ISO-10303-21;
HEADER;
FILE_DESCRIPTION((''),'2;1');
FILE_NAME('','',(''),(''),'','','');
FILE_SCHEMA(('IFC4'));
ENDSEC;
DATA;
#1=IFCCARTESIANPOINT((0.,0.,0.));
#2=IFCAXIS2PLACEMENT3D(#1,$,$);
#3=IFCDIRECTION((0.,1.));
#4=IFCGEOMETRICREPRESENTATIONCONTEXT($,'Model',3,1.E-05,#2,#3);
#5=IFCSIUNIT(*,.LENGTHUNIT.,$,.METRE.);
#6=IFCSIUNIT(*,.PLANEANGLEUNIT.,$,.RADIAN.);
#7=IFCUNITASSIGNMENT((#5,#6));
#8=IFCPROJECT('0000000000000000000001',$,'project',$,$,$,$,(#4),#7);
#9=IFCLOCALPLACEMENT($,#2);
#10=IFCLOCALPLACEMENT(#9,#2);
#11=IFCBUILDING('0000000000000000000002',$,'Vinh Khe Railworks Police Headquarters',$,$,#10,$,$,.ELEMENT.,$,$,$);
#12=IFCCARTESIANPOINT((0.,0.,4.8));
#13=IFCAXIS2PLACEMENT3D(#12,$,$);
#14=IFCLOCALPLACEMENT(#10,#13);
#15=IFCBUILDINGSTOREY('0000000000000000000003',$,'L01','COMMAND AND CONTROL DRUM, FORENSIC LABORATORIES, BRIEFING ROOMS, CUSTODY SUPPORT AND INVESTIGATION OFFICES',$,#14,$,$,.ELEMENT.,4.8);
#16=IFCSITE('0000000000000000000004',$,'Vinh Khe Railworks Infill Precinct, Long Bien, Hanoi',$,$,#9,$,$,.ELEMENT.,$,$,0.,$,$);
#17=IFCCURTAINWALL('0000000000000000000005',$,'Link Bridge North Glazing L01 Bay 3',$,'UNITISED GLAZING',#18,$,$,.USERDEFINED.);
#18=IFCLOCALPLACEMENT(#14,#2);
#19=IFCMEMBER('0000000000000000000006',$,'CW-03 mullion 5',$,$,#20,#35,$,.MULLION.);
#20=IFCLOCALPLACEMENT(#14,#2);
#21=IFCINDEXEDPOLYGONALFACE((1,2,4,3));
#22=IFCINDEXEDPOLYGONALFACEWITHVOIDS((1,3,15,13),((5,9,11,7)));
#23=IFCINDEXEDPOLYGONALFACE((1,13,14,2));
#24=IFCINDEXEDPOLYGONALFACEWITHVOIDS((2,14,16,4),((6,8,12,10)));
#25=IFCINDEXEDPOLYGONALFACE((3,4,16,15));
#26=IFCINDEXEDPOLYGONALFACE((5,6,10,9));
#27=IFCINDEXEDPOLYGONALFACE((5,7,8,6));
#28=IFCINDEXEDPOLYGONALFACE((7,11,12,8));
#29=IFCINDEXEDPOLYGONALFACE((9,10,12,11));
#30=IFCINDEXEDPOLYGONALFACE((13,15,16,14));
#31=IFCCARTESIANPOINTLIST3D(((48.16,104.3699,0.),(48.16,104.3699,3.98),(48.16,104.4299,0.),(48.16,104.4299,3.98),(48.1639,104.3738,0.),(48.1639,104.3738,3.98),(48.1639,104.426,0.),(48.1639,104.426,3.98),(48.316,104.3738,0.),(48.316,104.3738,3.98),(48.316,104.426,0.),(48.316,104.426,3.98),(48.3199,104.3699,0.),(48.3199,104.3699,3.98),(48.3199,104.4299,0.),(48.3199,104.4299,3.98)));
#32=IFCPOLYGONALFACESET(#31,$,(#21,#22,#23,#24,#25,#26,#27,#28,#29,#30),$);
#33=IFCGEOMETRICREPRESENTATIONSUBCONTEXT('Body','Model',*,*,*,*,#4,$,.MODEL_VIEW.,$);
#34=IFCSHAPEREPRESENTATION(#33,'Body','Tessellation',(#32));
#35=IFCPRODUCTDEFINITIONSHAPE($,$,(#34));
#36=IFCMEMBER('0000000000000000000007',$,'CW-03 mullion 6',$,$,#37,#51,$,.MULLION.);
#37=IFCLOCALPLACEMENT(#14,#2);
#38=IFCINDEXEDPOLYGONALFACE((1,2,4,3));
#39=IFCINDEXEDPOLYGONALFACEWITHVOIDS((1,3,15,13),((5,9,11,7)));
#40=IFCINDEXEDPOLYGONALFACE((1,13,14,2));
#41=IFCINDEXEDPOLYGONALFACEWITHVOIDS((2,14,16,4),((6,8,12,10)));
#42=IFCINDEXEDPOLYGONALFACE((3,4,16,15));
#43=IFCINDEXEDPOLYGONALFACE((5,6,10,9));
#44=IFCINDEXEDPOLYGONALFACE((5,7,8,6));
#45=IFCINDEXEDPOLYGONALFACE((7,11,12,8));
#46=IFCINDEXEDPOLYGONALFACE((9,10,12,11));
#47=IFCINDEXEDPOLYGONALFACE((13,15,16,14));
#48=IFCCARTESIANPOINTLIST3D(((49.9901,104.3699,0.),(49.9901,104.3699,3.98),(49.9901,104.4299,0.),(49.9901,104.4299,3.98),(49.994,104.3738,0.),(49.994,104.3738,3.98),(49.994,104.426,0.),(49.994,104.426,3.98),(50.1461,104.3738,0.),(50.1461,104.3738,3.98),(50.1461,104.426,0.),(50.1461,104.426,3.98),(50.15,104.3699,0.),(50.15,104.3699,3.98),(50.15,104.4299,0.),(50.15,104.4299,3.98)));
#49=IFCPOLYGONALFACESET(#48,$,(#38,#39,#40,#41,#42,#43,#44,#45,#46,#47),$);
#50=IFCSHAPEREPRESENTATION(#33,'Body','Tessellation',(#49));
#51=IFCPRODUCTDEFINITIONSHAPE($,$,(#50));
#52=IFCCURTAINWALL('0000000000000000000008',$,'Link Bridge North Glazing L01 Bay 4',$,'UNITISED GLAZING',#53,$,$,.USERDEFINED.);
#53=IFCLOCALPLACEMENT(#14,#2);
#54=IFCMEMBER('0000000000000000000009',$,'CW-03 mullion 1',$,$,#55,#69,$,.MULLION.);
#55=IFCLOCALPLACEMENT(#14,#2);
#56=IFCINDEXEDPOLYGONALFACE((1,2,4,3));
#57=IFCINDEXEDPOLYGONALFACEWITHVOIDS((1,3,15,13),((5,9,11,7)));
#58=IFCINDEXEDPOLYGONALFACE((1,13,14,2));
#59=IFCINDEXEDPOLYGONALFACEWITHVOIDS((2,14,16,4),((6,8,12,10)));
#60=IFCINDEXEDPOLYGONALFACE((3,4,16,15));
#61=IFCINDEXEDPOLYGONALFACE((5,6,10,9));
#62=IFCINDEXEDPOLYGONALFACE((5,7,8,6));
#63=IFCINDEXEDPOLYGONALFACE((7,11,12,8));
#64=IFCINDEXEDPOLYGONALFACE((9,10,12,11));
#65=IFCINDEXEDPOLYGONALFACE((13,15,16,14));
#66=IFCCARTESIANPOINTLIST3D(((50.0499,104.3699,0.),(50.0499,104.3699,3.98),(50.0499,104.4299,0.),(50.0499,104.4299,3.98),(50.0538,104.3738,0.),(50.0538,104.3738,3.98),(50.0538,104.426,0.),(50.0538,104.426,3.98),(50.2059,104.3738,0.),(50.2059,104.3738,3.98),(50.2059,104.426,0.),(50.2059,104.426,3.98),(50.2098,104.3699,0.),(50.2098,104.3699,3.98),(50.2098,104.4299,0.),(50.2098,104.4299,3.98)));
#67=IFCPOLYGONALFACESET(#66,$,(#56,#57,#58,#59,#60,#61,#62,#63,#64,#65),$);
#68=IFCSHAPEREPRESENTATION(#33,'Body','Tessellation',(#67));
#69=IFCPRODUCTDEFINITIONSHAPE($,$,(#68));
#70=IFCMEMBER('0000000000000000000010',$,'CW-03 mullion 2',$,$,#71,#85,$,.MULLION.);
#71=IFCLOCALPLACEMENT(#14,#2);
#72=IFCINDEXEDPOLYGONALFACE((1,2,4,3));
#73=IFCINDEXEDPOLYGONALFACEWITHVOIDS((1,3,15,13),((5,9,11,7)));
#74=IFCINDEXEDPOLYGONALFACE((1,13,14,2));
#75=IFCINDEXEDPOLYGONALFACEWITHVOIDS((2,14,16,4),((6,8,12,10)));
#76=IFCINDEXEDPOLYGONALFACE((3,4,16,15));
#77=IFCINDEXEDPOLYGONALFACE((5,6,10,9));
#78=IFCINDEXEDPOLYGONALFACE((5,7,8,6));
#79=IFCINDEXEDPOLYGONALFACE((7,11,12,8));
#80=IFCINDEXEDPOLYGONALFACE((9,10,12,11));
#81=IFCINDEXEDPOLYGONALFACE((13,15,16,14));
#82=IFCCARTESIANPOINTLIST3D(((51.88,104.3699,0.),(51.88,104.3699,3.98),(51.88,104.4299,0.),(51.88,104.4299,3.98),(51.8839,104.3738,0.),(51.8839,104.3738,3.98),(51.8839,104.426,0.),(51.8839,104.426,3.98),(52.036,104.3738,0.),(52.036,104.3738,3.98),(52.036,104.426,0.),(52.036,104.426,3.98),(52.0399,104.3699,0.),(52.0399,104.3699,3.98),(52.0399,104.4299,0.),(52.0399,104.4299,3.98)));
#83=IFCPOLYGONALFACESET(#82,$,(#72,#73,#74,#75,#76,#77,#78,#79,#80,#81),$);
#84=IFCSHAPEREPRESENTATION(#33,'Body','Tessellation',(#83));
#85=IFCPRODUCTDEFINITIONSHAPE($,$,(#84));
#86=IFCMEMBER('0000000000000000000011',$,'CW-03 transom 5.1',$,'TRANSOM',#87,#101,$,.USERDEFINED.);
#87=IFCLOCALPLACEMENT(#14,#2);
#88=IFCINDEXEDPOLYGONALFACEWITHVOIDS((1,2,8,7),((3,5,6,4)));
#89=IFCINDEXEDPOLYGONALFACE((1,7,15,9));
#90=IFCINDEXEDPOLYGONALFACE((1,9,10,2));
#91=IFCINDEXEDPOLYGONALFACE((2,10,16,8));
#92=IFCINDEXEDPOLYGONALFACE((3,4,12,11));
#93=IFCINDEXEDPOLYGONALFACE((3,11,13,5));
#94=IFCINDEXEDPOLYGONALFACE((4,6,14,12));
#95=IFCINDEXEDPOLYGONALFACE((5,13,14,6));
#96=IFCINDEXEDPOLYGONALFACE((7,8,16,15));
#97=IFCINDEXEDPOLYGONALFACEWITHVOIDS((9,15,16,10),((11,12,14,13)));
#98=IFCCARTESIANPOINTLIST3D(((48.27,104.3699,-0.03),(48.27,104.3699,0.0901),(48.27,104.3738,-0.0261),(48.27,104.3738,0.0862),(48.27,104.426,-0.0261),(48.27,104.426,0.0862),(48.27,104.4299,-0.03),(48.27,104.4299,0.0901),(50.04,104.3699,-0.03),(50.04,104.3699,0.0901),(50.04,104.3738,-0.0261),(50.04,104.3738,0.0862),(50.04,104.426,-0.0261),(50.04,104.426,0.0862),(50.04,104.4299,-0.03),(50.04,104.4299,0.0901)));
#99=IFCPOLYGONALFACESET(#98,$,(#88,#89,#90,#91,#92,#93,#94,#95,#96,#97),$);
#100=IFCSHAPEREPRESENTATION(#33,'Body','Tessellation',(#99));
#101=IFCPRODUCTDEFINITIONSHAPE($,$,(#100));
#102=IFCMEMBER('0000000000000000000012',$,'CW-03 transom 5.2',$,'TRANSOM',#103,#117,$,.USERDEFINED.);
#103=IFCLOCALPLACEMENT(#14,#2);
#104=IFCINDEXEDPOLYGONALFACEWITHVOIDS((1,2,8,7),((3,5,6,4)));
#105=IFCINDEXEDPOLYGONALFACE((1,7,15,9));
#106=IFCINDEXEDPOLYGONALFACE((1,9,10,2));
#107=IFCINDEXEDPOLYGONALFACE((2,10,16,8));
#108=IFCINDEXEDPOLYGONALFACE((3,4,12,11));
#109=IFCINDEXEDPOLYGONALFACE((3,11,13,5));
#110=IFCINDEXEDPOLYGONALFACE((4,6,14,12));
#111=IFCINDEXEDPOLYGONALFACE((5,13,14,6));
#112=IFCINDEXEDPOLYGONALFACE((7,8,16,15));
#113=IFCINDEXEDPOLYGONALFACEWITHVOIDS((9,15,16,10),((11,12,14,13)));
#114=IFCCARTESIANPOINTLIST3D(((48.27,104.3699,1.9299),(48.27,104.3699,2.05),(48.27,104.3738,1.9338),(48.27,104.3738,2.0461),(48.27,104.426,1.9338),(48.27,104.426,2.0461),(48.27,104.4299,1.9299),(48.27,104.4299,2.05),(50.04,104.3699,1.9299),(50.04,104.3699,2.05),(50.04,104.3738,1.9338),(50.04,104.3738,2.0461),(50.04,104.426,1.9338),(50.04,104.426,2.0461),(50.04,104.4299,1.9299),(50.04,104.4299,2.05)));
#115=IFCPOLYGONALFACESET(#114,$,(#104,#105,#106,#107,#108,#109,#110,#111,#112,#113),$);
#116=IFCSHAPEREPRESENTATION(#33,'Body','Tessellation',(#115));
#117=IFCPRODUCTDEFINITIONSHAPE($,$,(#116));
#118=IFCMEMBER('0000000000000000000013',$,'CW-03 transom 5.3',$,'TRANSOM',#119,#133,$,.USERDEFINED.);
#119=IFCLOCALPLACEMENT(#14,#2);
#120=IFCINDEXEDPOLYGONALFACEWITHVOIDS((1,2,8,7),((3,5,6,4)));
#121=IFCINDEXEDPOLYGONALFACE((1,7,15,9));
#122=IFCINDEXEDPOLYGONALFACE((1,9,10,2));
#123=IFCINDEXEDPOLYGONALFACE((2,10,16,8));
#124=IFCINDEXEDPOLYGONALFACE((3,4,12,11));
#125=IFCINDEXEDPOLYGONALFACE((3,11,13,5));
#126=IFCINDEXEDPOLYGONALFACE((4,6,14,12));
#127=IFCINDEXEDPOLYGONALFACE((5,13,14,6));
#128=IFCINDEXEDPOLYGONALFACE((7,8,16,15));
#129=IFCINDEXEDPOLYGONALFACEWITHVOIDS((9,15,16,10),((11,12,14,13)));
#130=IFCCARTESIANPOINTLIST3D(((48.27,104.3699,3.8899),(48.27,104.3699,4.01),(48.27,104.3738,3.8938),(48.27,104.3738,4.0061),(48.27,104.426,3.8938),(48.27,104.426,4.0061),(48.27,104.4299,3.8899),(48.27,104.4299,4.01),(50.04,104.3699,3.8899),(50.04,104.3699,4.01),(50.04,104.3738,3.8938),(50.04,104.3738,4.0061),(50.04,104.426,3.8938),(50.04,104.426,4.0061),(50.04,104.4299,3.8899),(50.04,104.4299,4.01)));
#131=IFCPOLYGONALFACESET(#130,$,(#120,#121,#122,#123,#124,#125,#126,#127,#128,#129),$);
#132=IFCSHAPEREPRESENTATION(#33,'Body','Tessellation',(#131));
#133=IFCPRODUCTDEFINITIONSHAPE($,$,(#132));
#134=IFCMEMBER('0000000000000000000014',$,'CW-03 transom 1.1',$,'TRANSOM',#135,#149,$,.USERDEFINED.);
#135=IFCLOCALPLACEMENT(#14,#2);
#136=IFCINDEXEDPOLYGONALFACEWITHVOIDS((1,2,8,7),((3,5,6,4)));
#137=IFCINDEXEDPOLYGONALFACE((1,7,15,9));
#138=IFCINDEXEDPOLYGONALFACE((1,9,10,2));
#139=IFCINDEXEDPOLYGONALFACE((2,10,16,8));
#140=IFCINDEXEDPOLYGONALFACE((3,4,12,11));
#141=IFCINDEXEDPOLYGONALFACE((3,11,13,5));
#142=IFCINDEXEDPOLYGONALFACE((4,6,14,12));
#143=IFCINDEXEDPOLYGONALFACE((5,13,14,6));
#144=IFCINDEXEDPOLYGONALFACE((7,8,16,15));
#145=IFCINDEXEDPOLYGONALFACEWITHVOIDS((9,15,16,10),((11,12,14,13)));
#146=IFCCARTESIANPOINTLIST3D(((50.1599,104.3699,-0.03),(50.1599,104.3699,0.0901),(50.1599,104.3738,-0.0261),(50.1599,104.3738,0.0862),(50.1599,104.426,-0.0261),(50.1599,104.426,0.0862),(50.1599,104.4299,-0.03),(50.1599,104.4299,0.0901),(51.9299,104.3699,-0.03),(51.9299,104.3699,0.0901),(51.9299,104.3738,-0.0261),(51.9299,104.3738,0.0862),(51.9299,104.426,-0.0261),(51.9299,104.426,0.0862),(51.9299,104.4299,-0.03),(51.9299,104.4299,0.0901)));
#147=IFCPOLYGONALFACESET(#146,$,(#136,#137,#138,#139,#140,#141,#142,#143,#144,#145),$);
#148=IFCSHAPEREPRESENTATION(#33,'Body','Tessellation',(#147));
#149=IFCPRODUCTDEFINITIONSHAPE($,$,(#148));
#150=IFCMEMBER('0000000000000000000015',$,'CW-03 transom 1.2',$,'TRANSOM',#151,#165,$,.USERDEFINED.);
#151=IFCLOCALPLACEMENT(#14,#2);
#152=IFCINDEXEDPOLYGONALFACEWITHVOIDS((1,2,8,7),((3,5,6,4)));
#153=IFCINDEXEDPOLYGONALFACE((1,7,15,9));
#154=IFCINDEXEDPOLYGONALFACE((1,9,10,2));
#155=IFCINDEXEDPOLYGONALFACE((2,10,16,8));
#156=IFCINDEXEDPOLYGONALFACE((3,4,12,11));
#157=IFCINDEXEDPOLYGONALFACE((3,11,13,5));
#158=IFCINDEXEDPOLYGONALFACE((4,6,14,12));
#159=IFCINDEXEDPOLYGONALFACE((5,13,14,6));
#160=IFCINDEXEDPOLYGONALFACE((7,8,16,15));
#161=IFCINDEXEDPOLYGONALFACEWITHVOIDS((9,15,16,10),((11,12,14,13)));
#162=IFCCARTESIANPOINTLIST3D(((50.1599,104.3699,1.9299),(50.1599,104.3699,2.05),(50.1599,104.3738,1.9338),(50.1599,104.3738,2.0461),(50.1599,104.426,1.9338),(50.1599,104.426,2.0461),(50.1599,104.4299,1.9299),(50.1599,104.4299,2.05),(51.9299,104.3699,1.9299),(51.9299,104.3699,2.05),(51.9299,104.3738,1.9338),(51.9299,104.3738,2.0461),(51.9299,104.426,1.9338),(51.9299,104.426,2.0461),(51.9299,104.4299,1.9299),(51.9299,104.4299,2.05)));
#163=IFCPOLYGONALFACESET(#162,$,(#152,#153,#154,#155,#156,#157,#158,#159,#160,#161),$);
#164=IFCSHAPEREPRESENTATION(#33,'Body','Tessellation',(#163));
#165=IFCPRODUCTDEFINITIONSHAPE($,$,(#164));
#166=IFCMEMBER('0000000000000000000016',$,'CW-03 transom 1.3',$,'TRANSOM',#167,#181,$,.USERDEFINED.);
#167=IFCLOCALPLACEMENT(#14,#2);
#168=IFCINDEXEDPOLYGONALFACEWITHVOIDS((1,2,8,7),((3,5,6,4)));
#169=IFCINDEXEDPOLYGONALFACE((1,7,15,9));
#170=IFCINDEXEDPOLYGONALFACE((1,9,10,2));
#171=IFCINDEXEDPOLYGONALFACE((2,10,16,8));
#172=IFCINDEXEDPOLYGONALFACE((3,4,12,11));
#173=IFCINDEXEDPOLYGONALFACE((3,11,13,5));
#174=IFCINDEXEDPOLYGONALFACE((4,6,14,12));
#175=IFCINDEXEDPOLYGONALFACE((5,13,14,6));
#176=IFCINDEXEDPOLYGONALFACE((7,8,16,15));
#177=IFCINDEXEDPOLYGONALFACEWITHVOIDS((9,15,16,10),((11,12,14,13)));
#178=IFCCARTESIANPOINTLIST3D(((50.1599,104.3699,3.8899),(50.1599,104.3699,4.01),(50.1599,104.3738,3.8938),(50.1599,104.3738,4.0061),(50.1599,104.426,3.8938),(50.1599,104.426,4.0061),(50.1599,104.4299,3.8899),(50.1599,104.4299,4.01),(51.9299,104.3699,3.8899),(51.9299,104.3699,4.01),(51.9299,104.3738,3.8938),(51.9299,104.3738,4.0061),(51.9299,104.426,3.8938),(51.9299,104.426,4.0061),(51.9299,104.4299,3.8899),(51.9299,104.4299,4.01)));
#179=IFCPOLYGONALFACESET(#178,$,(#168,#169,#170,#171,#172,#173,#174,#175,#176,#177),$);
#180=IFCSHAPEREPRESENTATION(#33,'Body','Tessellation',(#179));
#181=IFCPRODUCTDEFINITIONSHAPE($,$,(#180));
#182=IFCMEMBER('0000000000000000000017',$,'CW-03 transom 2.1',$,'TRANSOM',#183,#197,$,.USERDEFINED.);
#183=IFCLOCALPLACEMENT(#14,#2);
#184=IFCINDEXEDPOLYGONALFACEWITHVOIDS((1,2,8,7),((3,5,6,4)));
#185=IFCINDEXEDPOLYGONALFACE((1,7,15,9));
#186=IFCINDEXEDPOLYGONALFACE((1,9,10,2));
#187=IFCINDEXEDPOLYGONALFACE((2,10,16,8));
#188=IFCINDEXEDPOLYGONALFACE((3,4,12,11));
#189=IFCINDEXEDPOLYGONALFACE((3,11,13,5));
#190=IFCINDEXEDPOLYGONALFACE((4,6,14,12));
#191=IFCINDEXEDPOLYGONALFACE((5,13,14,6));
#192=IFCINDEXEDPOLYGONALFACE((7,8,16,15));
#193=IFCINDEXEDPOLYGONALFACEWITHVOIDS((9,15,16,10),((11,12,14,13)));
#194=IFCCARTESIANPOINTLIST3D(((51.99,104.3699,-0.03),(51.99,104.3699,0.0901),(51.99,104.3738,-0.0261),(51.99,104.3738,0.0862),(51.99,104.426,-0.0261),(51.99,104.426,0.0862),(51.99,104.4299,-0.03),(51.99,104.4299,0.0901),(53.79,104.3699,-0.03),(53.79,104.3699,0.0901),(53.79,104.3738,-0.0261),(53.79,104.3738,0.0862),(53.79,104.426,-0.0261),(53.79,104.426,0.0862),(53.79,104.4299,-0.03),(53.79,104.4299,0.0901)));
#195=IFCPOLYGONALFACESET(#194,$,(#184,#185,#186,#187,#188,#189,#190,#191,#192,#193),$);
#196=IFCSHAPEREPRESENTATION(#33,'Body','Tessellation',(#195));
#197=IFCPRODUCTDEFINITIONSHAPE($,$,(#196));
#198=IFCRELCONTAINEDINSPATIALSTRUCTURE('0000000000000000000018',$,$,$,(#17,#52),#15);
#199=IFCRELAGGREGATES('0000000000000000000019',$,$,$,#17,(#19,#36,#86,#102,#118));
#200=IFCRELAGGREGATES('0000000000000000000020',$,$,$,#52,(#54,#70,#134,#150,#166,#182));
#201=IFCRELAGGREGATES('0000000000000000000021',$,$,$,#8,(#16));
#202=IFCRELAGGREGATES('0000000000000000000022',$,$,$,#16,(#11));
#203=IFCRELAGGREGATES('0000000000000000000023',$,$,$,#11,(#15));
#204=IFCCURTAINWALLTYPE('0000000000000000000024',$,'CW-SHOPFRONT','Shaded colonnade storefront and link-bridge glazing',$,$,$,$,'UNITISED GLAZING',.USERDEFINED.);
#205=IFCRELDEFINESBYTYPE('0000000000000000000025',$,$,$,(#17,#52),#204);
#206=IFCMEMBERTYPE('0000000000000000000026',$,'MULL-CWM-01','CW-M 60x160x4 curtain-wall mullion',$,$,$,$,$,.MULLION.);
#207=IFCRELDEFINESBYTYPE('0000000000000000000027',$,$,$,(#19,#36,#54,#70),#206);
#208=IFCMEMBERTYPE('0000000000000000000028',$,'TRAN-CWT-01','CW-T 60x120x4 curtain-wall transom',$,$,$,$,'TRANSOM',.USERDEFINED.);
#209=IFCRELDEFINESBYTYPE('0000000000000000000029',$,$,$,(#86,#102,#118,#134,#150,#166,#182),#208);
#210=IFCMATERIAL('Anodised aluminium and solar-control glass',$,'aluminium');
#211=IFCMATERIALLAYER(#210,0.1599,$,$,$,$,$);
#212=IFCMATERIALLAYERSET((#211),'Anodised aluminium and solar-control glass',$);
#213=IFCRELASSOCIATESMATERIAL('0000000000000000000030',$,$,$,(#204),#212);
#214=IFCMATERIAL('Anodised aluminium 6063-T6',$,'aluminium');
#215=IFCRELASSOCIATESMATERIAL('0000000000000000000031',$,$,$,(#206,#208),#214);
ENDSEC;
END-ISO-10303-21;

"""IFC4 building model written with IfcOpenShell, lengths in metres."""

from ifc_helpers import new_model, si_unit, direction, frame, origin, origin_2d, place, context, subcontext, project, spatial, hollow_rectangle, extrude, material, layer, layer_set, material_profile, profile_set, type_object, element, aggregate, save


model = new_model("IFC4")

# Units and contexts
model_context = context("Model", 3, precision=1e-05, world=origin(), true_north=direction((0.0, 1.0)))
body_context = subcontext(model_context, "Body", "Model", "MODEL_VIEW")
ifc_project = project(units=[si_unit("LENGTHUNIT", "METRE"), si_unit("PLANEANGLEUNIT", "RADIAN")], contexts=[model_context])

# Site, building, storey
site_placement = place(None, origin())
site = spatial("IfcSite", under=ifc_project, at=site_placement, Name="Vinh Khe Railworks Infill Precinct, Long Bien, Hanoi", CompositionType="ELEMENT", RefElevation=0.0)
building_placement = place(site_placement, origin())
building = spatial("IfcBuilding", under=site, at=building_placement, Name="Vinh Khe Railworks Police Headquarters", CompositionType="ELEMENT")
storey_placement = place(building_placement, frame((0.0, 0.0, 4.8)))
storey = spatial("IfcBuildingStorey", under=building, at=storey_placement, Name="L01", Description="COMMAND AND CONTROL DRUM, FORENSIC LABORATORIES, BRIEFING ROOMS, CUSTODY SUPPORT AND INVESTIGATION OFFICES", CompositionType="ELEMENT", Elevation=4.8)

# Curtain walls, members
ifc_material_1 = material(Name="Anodised aluminium and solar-control glass", Category="aluminium")
ifc_layer_1 = layer(ifc_material_1, 0.1599)
ifc_layer_set_1 = layer_set([ifc_layer_1], Name="Anodised aluminium and solar-control glass")
curtain_wall_type = type_object("IfcCurtainWallType", Name="CW-SHOPFRONT", Description="Shaded colonnade storefront and link-bridge glazing", ElementType="UNITISED GLAZING", PredefinedType="USERDEFINED", material=ifc_layer_set_1)
curtain_wall_1_placement = place(storey_placement, origin())
curtain_wall_1 = element("IfcCurtainWall", 1, at=curtain_wall_1_placement, inside=storey, type_object=curtain_wall_type, Name="Link Bridge North Glazing L01 Bay 3", ObjectType="UNITISED GLAZING", PredefinedType="USERDEFINED")
ifc_material_2 = material(Name="Anodised aluminium 6063-T6", Category="aluminium")
ifc_material_profile_1 = material_profile(ifc_material_2, hollow_rectangle(XDim=0.0601, YDim=0.1599, WallThickness=0.0039, at=origin_2d()), Name="CW-M 60x160x4")
ifc_profile_set_1 = profile_set([ifc_material_profile_1], Name="Anodised aluminium 6063-T6")
member_type_1 = type_object("IfcMemberType", Name="MULL-CWM-01", Description="CW-M 60x160x4 curtain-wall mullion", PredefinedType="MULLION", material=ifc_profile_set_1)
member_1_placement = place(storey_placement, frame((48.24, 104.3999, 0.0), z_axis=(0.0, 0.0, 1.0), x_axis=(0.0, 1.0, 0.0)))
member_1 = element("IfcMember", 2, at=member_1_placement, type_object=member_type_1, Name="CW-03 mullion 5", PredefinedType="MULLION", context=body_context, shape_type="SweptSolid", body=[
    extrude(hollow_rectangle(XDim=0.0601, YDim=0.1599, WallThickness=0.0039, at=origin_2d()), origin(), (0.0, 0.0, 1.0), 3.98),
])
member_2_placement = place(storey_placement, frame((50.0701, 104.3999, 0.0), z_axis=(0.0, 0.0, 1.0), x_axis=(0.0, 1.0, 0.0)))
member_2 = element("IfcMember", 3, at=member_2_placement, type_object=member_type_1, Name="CW-03 mullion 6", PredefinedType="MULLION", context=body_context, shape_type="SweptSolid", body=[
    extrude(hollow_rectangle(XDim=0.0601, YDim=0.1599, WallThickness=0.0039, at=origin_2d()), origin(), (0.0, 0.0, 1.0), 3.98),
])
curtain_wall_2_placement = place(storey_placement, origin())
curtain_wall_2 = element("IfcCurtainWall", 4, at=curtain_wall_2_placement, inside=storey, type_object=curtain_wall_type, Name="Link Bridge North Glazing L01 Bay 4", ObjectType="UNITISED GLAZING", PredefinedType="USERDEFINED")
member_3_placement = place(storey_placement, frame((50.1299, 104.3999, 0.0), z_axis=(0.0, 0.0, 1.0), x_axis=(0.0, 1.0, 0.0)))
member_3 = element("IfcMember", 5, at=member_3_placement, type_object=member_type_1, Name="CW-03 mullion 1", PredefinedType="MULLION", context=body_context, shape_type="SweptSolid", body=[
    extrude(hollow_rectangle(XDim=0.0601, YDim=0.1599, WallThickness=0.0039, at=origin_2d()), origin(), (0.0, 0.0, 1.0), 3.98),
])
member_4_placement = place(storey_placement, frame((51.96, 104.3999, 0.0), z_axis=(0.0, 0.0, 1.0), x_axis=(0.0, 1.0, 0.0)))
member_4 = element("IfcMember", 6, at=member_4_placement, type_object=member_type_1, Name="CW-03 mullion 2", PredefinedType="MULLION", context=body_context, shape_type="SweptSolid", body=[
    extrude(hollow_rectangle(XDim=0.0601, YDim=0.1599, WallThickness=0.0039, at=origin_2d()), origin(), (0.0, 0.0, 1.0), 3.98),
])

# Members
ifc_material_profile_2 = material_profile(ifc_material_2, hollow_rectangle(XDim=0.0601, YDim=0.1201, WallThickness=0.0039, at=origin_2d()), Name="CW-T 60x120x4")
ifc_profile_set_2 = profile_set([ifc_material_profile_2], Name="Anodised aluminium 6063-T6")
member_type_2 = type_object("IfcMemberType", Name="TRAN-CWT-01", Description="CW-T 60x120x4 curtain-wall transom", ElementType="TRANSOM", PredefinedType="USERDEFINED", material=ifc_profile_set_2)
member_5_placement = place(storey_placement, frame((48.27, 104.3999, 0.03), z_axis=(1.0, 0.0, 0.0), x_axis=(0.0, 1.0, 0.0)))
member_5 = element("IfcMember", 7, at=member_5_placement, type_object=member_type_2, Name="CW-03 transom 5.1", ObjectType="TRANSOM", PredefinedType="USERDEFINED", context=body_context, shape_type="SweptSolid", body=[
    extrude(hollow_rectangle(XDim=0.0601, YDim=0.1201, WallThickness=0.0039, at=origin_2d()), origin(), (0.0, 0.0, 1.0), 1.77),
])
member_6_placement = place(storey_placement, frame((48.27, 104.3999, 1.99), z_axis=(1.0, 0.0, 0.0), x_axis=(0.0, 1.0, 0.0)))
member_6 = element("IfcMember", 8, at=member_6_placement, type_object=member_type_2, Name="CW-03 transom 5.2", ObjectType="TRANSOM", PredefinedType="USERDEFINED", context=body_context, shape_type="SweptSolid", body=[
    extrude(hollow_rectangle(XDim=0.0601, YDim=0.1201, WallThickness=0.0039, at=origin_2d()), origin(), (0.0, 0.0, 1.0), 1.77),
])
member_7_placement = place(storey_placement, frame((48.27, 104.3999, 3.95), z_axis=(1.0, 0.0, 0.0), x_axis=(0.0, 1.0, 0.0)))
member_7 = element("IfcMember", 9, at=member_7_placement, type_object=member_type_2, Name="CW-03 transom 5.3", ObjectType="TRANSOM", PredefinedType="USERDEFINED", context=body_context, shape_type="SweptSolid", body=[
    extrude(hollow_rectangle(XDim=0.0601, YDim=0.1201, WallThickness=0.0039, at=origin_2d()), origin(), (0.0, 0.0, 1.0), 1.77),
])
member_8_placement = place(storey_placement, frame((50.1599, 104.3999, 0.03), z_axis=(1.0, 0.0, 0.0), x_axis=(0.0, 1.0, 0.0)))
member_8 = element("IfcMember", 10, at=member_8_placement, type_object=member_type_2, Name="CW-03 transom 1.1", ObjectType="TRANSOM", PredefinedType="USERDEFINED", context=body_context, shape_type="SweptSolid", body=[
    extrude(hollow_rectangle(XDim=0.0601, YDim=0.1201, WallThickness=0.0039, at=origin_2d()), origin(), (0.0, 0.0, 1.0), 1.77),
])
member_9_placement = place(storey_placement, frame((50.1599, 104.3999, 1.99), z_axis=(1.0, 0.0, 0.0), x_axis=(0.0, 1.0, 0.0)))
member_9 = element("IfcMember", 11, at=member_9_placement, type_object=member_type_2, Name="CW-03 transom 1.2", ObjectType="TRANSOM", PredefinedType="USERDEFINED", context=body_context, shape_type="SweptSolid", body=[
    extrude(hollow_rectangle(XDim=0.0601, YDim=0.1201, WallThickness=0.0039, at=origin_2d()), origin(), (0.0, 0.0, 1.0), 1.77),
])
member_10_placement = place(storey_placement, frame((50.1599, 104.3999, 3.95), z_axis=(1.0, 0.0, 0.0), x_axis=(0.0, 1.0, 0.0)))
member_10 = element("IfcMember", 12, at=member_10_placement, type_object=member_type_2, Name="CW-03 transom 1.3", ObjectType="TRANSOM", PredefinedType="USERDEFINED", context=body_context, shape_type="SweptSolid", body=[
    extrude(hollow_rectangle(XDim=0.0601, YDim=0.1201, WallThickness=0.0039, at=origin_2d()), origin(), (0.0, 0.0, 1.0), 1.77),
])
member_11_placement = place(storey_placement, frame((51.99, 104.3999, 0.03), z_axis=(1.0, 0.0, 0.0), x_axis=(0.0, 1.0, 0.0)))
member_11 = element("IfcMember", 13, at=member_11_placement, type_object=member_type_2, Name="CW-03 transom 2.1", ObjectType="TRANSOM", PredefinedType="USERDEFINED", context=body_context, shape_type="SweptSolid", body=[
    extrude(hollow_rectangle(XDim=0.0601, YDim=0.1201, WallThickness=0.0039, at=origin_2d()), origin(), (0.0, 0.0, 1.0), 1.8),
])

aggregate(curtain_wall_1, [member_1, member_2, member_5, member_6, member_7])
aggregate(curtain_wall_2, [member_3, member_4, member_8, member_9, member_10, member_11])

save(model, "model.ifc")
